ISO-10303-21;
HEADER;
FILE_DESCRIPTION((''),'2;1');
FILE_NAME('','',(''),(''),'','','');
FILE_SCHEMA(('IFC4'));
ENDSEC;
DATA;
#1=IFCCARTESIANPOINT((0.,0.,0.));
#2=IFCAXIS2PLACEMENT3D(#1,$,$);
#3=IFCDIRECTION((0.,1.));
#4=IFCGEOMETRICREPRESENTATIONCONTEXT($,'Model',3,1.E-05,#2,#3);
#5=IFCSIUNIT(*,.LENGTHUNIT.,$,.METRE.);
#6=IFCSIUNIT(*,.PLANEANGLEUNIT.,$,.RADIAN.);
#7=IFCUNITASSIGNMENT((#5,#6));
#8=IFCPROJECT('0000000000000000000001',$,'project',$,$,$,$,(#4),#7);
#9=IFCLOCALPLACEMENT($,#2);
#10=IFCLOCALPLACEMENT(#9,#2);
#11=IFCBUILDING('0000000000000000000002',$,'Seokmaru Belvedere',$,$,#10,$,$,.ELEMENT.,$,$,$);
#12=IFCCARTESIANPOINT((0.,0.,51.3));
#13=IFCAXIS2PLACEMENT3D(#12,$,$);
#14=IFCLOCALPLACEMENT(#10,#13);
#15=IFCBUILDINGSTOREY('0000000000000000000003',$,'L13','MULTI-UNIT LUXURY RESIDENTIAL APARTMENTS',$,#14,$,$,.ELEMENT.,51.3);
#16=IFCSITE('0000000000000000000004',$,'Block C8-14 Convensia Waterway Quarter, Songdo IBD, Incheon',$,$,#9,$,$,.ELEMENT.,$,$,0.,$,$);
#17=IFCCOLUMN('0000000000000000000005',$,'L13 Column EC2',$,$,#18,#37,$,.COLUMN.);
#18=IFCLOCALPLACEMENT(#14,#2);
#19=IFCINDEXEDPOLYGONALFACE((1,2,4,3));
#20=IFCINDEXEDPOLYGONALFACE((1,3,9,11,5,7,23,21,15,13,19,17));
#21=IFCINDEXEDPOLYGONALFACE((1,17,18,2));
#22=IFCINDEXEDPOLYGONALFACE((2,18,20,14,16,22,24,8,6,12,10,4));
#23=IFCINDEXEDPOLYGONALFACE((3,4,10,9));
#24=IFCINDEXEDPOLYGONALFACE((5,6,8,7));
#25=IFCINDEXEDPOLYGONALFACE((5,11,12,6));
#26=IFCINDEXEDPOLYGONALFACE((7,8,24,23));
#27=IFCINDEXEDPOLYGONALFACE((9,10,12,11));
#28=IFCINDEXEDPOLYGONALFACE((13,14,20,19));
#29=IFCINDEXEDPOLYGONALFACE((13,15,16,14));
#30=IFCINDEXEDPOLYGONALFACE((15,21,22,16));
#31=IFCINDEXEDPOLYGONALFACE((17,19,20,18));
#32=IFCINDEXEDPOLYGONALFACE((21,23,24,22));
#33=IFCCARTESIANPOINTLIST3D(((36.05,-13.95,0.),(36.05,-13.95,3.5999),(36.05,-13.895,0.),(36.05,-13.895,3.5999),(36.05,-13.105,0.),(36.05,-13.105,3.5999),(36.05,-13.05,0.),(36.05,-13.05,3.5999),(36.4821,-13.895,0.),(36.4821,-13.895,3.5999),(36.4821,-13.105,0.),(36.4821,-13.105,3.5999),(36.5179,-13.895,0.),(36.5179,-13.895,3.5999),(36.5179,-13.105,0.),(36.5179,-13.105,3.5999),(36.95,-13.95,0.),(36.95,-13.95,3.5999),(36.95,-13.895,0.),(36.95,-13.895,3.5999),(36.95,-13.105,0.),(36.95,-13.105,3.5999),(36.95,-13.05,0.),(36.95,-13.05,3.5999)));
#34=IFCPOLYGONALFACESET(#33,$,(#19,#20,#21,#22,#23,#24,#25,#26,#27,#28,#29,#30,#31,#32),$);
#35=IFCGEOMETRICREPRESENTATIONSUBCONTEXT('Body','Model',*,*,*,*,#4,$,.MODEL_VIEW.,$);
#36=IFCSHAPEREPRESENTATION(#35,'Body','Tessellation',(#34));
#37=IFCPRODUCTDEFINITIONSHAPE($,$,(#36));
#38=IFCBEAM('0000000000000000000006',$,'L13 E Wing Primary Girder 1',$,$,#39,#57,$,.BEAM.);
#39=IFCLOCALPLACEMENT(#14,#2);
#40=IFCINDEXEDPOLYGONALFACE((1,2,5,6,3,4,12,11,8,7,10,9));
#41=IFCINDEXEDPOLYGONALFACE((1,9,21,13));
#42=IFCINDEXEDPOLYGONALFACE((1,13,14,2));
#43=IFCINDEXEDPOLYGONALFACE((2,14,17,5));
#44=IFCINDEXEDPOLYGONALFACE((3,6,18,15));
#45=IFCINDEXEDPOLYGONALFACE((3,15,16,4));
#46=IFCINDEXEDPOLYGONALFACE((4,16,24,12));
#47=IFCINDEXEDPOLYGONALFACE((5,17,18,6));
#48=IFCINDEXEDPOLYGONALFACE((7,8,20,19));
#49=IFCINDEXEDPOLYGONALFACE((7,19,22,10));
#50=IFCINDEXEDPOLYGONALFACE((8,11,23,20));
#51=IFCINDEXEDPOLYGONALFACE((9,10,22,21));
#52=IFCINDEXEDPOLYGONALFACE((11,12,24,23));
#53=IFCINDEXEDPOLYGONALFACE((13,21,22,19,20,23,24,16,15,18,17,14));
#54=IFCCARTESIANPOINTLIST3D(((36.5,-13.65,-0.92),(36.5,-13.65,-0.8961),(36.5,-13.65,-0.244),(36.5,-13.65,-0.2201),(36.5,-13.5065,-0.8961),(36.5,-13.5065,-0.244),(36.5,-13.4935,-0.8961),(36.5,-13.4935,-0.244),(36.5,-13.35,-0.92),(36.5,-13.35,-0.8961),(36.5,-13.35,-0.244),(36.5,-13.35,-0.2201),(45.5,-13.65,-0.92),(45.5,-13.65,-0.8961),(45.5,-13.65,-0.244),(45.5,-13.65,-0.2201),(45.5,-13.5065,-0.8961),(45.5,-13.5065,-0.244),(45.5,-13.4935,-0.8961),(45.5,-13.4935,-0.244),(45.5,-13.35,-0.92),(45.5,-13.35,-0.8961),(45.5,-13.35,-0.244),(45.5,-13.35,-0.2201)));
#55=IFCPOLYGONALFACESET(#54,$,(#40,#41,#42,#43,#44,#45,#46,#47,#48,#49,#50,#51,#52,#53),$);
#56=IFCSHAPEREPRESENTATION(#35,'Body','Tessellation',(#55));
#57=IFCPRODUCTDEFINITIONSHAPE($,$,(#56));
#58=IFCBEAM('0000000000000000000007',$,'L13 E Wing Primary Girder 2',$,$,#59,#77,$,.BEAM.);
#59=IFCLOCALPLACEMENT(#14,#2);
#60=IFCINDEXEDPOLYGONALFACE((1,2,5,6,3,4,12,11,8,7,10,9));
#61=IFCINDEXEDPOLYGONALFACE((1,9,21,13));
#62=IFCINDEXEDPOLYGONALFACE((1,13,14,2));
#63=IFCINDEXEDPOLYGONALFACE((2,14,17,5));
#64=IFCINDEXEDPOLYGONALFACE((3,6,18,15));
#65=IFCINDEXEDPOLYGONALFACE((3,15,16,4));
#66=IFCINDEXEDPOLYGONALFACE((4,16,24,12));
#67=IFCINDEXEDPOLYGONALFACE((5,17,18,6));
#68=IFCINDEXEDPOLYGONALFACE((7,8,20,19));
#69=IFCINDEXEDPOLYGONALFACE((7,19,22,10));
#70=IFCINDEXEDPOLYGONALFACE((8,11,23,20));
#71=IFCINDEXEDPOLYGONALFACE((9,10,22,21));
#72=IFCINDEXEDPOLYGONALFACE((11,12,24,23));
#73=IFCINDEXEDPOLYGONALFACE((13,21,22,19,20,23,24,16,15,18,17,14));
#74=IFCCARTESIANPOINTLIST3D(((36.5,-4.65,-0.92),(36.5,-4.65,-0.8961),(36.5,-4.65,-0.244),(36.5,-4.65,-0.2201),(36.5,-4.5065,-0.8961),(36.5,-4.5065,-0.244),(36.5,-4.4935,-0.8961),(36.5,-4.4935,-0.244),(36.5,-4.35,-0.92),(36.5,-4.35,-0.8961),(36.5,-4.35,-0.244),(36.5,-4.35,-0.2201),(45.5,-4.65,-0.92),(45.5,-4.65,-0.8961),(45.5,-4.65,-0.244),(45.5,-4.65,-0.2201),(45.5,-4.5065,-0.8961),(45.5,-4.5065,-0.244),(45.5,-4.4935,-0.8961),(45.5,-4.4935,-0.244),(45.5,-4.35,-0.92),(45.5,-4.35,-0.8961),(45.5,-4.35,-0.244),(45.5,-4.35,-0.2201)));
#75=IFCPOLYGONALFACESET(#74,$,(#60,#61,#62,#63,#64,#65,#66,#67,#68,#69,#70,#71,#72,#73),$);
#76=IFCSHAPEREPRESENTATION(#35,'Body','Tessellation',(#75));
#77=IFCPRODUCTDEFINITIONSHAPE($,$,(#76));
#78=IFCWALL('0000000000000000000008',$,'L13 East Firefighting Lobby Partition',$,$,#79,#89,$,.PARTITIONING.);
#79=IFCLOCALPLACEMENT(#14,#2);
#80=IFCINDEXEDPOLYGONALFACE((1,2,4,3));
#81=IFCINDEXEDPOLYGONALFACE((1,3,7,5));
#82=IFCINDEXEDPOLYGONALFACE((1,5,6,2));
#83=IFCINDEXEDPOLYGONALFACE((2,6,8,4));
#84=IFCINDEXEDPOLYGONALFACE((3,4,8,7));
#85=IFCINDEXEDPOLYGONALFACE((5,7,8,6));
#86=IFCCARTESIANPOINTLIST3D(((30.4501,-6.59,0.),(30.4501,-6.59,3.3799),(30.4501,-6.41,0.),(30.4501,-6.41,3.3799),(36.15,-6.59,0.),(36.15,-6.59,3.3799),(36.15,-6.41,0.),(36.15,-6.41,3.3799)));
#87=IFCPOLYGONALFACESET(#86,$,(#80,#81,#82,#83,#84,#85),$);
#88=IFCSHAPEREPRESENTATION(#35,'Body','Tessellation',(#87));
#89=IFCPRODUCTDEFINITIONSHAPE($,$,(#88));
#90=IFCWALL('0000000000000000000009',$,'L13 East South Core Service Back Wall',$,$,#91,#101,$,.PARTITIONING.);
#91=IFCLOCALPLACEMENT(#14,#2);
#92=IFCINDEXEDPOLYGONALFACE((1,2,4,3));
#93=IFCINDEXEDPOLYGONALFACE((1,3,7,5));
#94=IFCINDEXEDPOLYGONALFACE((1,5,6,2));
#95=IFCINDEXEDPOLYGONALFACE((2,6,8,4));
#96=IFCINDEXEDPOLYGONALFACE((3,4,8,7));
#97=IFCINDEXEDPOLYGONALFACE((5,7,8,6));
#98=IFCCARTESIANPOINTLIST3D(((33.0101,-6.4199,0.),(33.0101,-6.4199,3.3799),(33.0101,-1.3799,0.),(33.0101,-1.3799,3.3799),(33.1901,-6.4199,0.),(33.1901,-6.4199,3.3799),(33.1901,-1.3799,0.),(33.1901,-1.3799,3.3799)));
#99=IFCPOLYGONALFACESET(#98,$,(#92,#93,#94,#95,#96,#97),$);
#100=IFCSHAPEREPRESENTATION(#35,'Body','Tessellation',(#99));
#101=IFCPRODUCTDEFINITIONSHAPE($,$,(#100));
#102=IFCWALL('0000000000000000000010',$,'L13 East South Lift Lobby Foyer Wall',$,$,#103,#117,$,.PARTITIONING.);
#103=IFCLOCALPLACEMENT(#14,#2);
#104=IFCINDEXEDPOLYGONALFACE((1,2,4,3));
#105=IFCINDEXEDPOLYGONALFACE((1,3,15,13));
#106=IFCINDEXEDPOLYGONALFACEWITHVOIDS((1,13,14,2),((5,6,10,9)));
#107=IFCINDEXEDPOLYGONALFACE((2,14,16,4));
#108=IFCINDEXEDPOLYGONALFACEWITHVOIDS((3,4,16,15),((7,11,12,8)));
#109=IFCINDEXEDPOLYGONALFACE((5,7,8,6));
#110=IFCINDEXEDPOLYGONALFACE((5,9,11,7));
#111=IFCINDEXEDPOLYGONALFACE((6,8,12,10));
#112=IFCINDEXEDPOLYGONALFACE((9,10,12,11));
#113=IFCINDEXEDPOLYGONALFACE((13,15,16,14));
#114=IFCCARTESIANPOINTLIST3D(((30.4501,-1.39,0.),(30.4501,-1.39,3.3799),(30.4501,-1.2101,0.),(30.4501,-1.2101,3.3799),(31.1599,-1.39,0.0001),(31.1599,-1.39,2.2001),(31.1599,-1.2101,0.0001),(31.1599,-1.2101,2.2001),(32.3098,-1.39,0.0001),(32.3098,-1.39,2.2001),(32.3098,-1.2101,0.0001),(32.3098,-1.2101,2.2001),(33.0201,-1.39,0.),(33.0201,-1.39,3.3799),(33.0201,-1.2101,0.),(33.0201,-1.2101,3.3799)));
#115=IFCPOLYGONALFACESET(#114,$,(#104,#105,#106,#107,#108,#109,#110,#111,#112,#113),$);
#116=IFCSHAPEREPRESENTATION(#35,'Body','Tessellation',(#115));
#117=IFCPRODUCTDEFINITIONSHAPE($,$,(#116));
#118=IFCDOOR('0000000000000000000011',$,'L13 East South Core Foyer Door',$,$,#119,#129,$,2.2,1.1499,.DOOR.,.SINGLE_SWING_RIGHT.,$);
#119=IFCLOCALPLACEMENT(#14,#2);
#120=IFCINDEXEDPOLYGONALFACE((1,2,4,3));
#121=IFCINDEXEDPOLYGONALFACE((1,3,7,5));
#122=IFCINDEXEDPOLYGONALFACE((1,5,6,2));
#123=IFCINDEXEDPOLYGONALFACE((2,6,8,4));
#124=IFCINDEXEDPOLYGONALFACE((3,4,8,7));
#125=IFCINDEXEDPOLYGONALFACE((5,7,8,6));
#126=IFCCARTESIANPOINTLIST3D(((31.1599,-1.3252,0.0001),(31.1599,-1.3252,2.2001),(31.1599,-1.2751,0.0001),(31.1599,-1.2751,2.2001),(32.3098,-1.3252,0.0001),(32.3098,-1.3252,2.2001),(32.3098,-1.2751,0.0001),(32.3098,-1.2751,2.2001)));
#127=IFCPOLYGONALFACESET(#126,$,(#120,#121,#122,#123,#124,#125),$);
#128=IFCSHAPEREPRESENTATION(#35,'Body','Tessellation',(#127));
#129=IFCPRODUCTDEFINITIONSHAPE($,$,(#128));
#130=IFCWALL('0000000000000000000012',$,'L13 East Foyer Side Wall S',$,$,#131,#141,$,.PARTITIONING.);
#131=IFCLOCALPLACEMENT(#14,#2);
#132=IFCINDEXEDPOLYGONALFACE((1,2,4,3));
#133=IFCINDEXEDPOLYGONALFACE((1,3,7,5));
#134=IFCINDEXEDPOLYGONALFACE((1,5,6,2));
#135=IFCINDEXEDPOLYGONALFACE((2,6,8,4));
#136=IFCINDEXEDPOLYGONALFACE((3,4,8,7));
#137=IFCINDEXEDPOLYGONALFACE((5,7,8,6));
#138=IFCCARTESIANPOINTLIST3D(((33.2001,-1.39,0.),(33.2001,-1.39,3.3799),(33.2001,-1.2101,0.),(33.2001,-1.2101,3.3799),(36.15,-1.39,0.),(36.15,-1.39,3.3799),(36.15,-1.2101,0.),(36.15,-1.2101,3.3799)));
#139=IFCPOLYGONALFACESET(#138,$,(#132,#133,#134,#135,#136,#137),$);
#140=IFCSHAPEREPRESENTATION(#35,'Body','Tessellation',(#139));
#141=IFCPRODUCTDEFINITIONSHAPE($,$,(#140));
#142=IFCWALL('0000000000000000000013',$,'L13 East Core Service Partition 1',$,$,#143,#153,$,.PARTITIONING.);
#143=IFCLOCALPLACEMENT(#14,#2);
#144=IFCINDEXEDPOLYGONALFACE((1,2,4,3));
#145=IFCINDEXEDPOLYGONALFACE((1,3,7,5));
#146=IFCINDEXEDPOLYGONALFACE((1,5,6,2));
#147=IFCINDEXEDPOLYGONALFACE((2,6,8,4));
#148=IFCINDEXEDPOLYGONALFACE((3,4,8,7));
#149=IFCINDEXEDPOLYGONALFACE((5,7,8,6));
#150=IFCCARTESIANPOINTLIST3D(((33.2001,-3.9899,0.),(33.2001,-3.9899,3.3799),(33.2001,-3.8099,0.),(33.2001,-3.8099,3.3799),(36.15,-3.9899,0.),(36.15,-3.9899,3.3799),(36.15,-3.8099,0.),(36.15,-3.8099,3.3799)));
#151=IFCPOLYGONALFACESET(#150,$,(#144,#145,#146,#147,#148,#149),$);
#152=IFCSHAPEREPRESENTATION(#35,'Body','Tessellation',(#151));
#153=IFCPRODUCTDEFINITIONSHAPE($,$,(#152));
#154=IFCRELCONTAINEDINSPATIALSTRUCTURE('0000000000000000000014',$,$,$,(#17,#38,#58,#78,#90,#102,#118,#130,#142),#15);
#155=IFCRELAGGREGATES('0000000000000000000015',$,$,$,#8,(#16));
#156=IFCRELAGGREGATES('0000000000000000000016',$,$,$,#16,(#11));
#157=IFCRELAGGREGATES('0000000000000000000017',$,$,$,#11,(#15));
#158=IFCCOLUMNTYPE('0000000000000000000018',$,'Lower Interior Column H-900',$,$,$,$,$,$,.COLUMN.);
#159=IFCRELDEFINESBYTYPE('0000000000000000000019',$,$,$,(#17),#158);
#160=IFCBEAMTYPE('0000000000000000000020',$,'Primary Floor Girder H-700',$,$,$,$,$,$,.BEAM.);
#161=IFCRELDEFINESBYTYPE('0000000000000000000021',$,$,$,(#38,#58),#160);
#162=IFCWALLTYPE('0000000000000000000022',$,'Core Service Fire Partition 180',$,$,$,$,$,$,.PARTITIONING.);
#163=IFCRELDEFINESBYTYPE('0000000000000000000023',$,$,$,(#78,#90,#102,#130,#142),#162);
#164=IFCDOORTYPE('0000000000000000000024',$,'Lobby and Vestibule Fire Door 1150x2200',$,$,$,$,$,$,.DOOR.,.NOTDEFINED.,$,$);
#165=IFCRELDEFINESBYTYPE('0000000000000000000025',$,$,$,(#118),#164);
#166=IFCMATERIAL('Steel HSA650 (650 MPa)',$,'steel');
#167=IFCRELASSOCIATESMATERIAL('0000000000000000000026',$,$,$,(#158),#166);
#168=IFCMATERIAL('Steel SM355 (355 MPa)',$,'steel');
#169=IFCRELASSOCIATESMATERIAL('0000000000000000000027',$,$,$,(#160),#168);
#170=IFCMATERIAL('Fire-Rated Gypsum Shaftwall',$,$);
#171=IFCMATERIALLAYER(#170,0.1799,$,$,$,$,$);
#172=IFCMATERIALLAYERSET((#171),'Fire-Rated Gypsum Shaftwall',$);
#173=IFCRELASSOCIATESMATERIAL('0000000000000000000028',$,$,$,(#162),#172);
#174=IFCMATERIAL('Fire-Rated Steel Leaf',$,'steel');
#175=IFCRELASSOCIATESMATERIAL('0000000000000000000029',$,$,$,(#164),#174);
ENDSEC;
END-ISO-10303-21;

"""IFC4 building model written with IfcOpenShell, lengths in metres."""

from ifc_helpers import new_model, si_unit, direction, frame, frame_2d, origin, origin_2d, place, context, subcontext, project, spatial, rectangle, i_section, extrude, source, transform, mapped, material, layer, layer_set, material_profile, profile_set, type_object, type_shapes, element, fill, save


model = new_model("IFC4")

# Units and contexts
model_context = context("Model", 3, precision=1e-05, world=origin(), true_north=direction((0.0, 1.0)))
body_context = subcontext(model_context, "Body", "Model", "MODEL_VIEW")
ifc_project = project(units=[si_unit("LENGTHUNIT", "METRE"), si_unit("PLANEANGLEUNIT", "RADIAN")], contexts=[model_context])

# Site, building, storey
site_placement = place(None, origin())
site = spatial("IfcSite", under=ifc_project, at=site_placement, Name="Block C8-14 Convensia Waterway Quarter, Songdo IBD, Incheon", CompositionType="ELEMENT", RefElevation=0.0)
building_placement = place(site_placement, origin())
building = spatial("IfcBuilding", under=site, at=building_placement, Name="Seokmaru Belvedere", CompositionType="ELEMENT")
storey_placement = place(building_placement, frame((0.0, 0.0, 51.3)))
storey = spatial("IfcBuildingStorey", under=building, at=storey_placement, Name="L13", Description="MULTI-UNIT LUXURY RESIDENTIAL APARTMENTS", CompositionType="ELEMENT", Elevation=51.3)

# Column
ifc_material_1 = material(Name="Steel HSA650 (650 MPa)", Category="steel")
ifc_material_profile_1 = material_profile(ifc_material_1, i_section(OverallWidth=0.8999, OverallDepth=0.8999, WebThickness=0.0359, FlangeThickness=0.0549, at=origin_2d()), Name="H-900x900x36x55")
ifc_profile_set_1 = profile_set([ifc_material_profile_1], Name="Steel HSA650 (650 MPa)")
column_type = type_object("IfcColumnType", Name="Lower Interior Column H-900", PredefinedType="COLUMN", material=ifc_profile_set_1)
shared_shape_1 = source(origin(), body_context, "Body", "SweptSolid", [
    extrude(i_section(OverallWidth=0.8999, OverallDepth=0.8999, WebThickness=0.0359, FlangeThickness=0.0549, at=origin_2d()), origin(), (0.0, 0.0, 1.0), 3.5999),
])
type_shapes(column_type, [shared_shape_1])
column_placement = place(storey_placement, frame((36.5, -13.5, 0.0), z_axis=(0.0, 0.0, 1.0), x_axis=(1.0, 0.0, 0.0)))
element("IfcColumn", 1, at=column_placement, inside=storey, type_object=column_type, Name="L13 Column EC2", PredefinedType="COLUMN", context=body_context, shape_type="MappedRepresentation", body=[
    mapped(shared_shape_1, transform((0.0, 0.0, 0.0), scale=1.0)),
])

# Beams
ifc_material_2 = material(Name="Steel SM355 (355 MPa)", Category="steel")
ifc_material_profile_2 = material_profile(ifc_material_2, i_section(OverallWidth=0.3, OverallDepth=0.7, WebThickness=0.0129, FlangeThickness=0.0239, at=origin_2d()), Name="H-700x300x13x24")
ifc_profile_set_2 = profile_set([ifc_material_profile_2], Name="Steel SM355 (355 MPa)")
beam_type = type_object("IfcBeamType", Name="Primary Floor Girder H-700", PredefinedType="BEAM", material=ifc_profile_set_2)
shared_shape_2 = source(origin(), body_context, "Body", "SweptSolid", [
    extrude(i_section(OverallWidth=0.3, OverallDepth=0.7, WebThickness=0.0129, FlangeThickness=0.0239, at=origin_2d()), origin(), (0.0, 0.0, 1.0), 9.0),
])
type_shapes(beam_type, [shared_shape_2])
for number, where, z_axis, x_axis, name in (
    (2, (36.5, -13.5, -0.5701), (1.0, 0.0, 0.0), (0.0, 1.0, 0.0), "L13 E Wing Primary Girder 1"),
    (3, (36.5, -4.5, -0.5701), (1.0, 0.0, 0.0), (0.0, 1.0, 0.0), "L13 E Wing Primary Girder 2"),
):
    element("IfcBeam", number, at=place(storey_placement, frame(where, z_axis=z_axis, x_axis=x_axis)), inside=storey, type_object=beam_type, Name=name, PredefinedType="BEAM", context=body_context, shape_type="MappedRepresentation", body=[
        mapped(shared_shape_2, transform((0.0, 0.0, 0.0), scale=1.0)),
    ])

# Walls
ifc_material_3 = material(Name="Fire-Rated Gypsum Shaftwall")
ifc_layer_1 = layer(ifc_material_3, 0.1799)
ifc_layer_set_1 = layer_set([ifc_layer_1], Name="Fire-Rated Gypsum Shaftwall")
wall_type_1 = type_object("IfcWallType", Name="Core Service Fire Partition 180", PredefinedType="PARTITIONING", material=ifc_layer_set_1)
wall_1_placement = place(storey_placement, frame((30.45, -6.5, 0.0), z_axis=(0.0, 0.0, 1.0), x_axis=(1.0, 0.0, 0.0)))
element("IfcWall", 4, at=wall_1_placement, inside=storey, type_object=wall_type_1, Name="L13 East Firefighting Lobby Partition", PredefinedType="PARTITIONING", context=body_context, shape_type="SweptSolid", body=[
    extrude(rectangle(XDim=5.7, YDim=0.1799, at=frame_2d((2.8501, 0.0))), origin(), (0.0, 0.0, 1.0), 3.3799),
])
wall_2_placement = place(storey_placement, frame((33.1001, -6.4199, 0.0), z_axis=(0.0, 0.0, 1.0), x_axis=(0.0, 1.0, 0.0)))
element("IfcWall", 5, at=wall_2_placement, inside=storey, type_object=wall_type_1, Name="L13 East South Core Service Back Wall", PredefinedType="PARTITIONING", context=body_context, shape_type="SweptSolid", body=[
    extrude(rectangle(XDim=5.04, YDim=0.1799, at=frame_2d((2.52, 0.0))), origin(), (0.0, 0.0, 1.0), 3.3799),
])

# Wall, opening, door
wall_3_placement = place(storey_placement, frame((30.45, -1.3, 0.0), z_axis=(0.0, 0.0, 1.0), x_axis=(1.0, 0.0, 0.0)))
wall_3 = element("IfcWall", 6, at=wall_3_placement, inside=storey, type_object=wall_type_1, Name="L13 East South Lift Lobby Foyer Wall", PredefinedType="PARTITIONING", context=body_context, shape_type="SweptSolid", body=[
    extrude(rectangle(XDim=2.5701, YDim=0.1799, at=frame_2d((1.2852, 0.0))), origin(), (0.0, 0.0, 1.0), 3.3799),
])
opening_1_placement = place(wall_3_placement, frame((0.71, 0.0, 0.0)))
opening_1 = element("IfcOpeningElement", 7, at=opening_1_placement, cuts=wall_3, PredefinedType="OPENING", context=body_context, shape_type="SweptSolid", body=[
    extrude(rectangle(XDim=1.1499, YDim=2.2, at=frame_2d((0.575, 1.1001))), frame((0.0, 0.1001, 0.0), z_axis=(0.0, -1.0, 0.0), x_axis=(1.0, 0.0, 0.0)), (0.0, 0.0, 1.0), 0.2),
])
ifc_material_4 = material(Name="Fire-Rated Steel Leaf", Category="steel")
door_type_1 = type_object("IfcDoorType", Name="Lobby and Vestibule Fire Door 1150x2200", OperationType="NOTDEFINED", PredefinedType="DOOR", material=ifc_material_4)
shared_shape_3 = source(origin(), body_context, "Body", "SweptSolid", [
    extrude(rectangle(XDim=1.1499, YDim=2.2, at=frame_2d((0.575, 1.1001))), frame((0.0, 0.0249, 0.0), z_axis=(0.0, -1.0, 0.0), x_axis=(1.0, 0.0, 0.0)), (0.0, 0.0, 1.0), 0.05),
])
type_shapes(door_type_1, [shared_shape_3])
door_1_placement = place(opening_1_placement, origin())
door_1 = element("IfcDoor", 8, at=door_1_placement, inside=storey, type_object=door_type_1, Name="L13 East South Core Foyer Door", OperationType="SINGLE_SWING_RIGHT", OverallHeight=2.2, OverallWidth=1.1499, PredefinedType="DOOR", context=body_context, shape_type="MappedRepresentation", body=[
    mapped(shared_shape_3, transform((0.0, 0.0, 0.0), scale=1.0)),
])
fill(opening_1, door_1)

# Walls
for number, where, z_axis, x_axis, name in (
    (9, (33.2, -1.3, 0.0), (0.0, 0.0, 1.0), (1.0, 0.0, 0.0), "L13 East Foyer Side Wall S"),
    (10, (33.2, -3.8999, 0.0), (0.0, 0.0, 1.0), (1.0, 0.0, 0.0), "L13 East Core Service Partition 1"),
):
    element("IfcWall", number, at=place(storey_placement, frame(where, z_axis=z_axis, x_axis=x_axis)), inside=storey, type_object=wall_type_1, Name=name, PredefinedType="PARTITIONING", context=body_context, shape_type="SweptSolid", body=[
        extrude(rectangle(XDim=2.95, YDim=0.1799, at=frame_2d((1.4751, 0.0))), origin(), (0.0, 0.0, 1.0), 3.3799),
    ])

save(model, "model.ifc")
